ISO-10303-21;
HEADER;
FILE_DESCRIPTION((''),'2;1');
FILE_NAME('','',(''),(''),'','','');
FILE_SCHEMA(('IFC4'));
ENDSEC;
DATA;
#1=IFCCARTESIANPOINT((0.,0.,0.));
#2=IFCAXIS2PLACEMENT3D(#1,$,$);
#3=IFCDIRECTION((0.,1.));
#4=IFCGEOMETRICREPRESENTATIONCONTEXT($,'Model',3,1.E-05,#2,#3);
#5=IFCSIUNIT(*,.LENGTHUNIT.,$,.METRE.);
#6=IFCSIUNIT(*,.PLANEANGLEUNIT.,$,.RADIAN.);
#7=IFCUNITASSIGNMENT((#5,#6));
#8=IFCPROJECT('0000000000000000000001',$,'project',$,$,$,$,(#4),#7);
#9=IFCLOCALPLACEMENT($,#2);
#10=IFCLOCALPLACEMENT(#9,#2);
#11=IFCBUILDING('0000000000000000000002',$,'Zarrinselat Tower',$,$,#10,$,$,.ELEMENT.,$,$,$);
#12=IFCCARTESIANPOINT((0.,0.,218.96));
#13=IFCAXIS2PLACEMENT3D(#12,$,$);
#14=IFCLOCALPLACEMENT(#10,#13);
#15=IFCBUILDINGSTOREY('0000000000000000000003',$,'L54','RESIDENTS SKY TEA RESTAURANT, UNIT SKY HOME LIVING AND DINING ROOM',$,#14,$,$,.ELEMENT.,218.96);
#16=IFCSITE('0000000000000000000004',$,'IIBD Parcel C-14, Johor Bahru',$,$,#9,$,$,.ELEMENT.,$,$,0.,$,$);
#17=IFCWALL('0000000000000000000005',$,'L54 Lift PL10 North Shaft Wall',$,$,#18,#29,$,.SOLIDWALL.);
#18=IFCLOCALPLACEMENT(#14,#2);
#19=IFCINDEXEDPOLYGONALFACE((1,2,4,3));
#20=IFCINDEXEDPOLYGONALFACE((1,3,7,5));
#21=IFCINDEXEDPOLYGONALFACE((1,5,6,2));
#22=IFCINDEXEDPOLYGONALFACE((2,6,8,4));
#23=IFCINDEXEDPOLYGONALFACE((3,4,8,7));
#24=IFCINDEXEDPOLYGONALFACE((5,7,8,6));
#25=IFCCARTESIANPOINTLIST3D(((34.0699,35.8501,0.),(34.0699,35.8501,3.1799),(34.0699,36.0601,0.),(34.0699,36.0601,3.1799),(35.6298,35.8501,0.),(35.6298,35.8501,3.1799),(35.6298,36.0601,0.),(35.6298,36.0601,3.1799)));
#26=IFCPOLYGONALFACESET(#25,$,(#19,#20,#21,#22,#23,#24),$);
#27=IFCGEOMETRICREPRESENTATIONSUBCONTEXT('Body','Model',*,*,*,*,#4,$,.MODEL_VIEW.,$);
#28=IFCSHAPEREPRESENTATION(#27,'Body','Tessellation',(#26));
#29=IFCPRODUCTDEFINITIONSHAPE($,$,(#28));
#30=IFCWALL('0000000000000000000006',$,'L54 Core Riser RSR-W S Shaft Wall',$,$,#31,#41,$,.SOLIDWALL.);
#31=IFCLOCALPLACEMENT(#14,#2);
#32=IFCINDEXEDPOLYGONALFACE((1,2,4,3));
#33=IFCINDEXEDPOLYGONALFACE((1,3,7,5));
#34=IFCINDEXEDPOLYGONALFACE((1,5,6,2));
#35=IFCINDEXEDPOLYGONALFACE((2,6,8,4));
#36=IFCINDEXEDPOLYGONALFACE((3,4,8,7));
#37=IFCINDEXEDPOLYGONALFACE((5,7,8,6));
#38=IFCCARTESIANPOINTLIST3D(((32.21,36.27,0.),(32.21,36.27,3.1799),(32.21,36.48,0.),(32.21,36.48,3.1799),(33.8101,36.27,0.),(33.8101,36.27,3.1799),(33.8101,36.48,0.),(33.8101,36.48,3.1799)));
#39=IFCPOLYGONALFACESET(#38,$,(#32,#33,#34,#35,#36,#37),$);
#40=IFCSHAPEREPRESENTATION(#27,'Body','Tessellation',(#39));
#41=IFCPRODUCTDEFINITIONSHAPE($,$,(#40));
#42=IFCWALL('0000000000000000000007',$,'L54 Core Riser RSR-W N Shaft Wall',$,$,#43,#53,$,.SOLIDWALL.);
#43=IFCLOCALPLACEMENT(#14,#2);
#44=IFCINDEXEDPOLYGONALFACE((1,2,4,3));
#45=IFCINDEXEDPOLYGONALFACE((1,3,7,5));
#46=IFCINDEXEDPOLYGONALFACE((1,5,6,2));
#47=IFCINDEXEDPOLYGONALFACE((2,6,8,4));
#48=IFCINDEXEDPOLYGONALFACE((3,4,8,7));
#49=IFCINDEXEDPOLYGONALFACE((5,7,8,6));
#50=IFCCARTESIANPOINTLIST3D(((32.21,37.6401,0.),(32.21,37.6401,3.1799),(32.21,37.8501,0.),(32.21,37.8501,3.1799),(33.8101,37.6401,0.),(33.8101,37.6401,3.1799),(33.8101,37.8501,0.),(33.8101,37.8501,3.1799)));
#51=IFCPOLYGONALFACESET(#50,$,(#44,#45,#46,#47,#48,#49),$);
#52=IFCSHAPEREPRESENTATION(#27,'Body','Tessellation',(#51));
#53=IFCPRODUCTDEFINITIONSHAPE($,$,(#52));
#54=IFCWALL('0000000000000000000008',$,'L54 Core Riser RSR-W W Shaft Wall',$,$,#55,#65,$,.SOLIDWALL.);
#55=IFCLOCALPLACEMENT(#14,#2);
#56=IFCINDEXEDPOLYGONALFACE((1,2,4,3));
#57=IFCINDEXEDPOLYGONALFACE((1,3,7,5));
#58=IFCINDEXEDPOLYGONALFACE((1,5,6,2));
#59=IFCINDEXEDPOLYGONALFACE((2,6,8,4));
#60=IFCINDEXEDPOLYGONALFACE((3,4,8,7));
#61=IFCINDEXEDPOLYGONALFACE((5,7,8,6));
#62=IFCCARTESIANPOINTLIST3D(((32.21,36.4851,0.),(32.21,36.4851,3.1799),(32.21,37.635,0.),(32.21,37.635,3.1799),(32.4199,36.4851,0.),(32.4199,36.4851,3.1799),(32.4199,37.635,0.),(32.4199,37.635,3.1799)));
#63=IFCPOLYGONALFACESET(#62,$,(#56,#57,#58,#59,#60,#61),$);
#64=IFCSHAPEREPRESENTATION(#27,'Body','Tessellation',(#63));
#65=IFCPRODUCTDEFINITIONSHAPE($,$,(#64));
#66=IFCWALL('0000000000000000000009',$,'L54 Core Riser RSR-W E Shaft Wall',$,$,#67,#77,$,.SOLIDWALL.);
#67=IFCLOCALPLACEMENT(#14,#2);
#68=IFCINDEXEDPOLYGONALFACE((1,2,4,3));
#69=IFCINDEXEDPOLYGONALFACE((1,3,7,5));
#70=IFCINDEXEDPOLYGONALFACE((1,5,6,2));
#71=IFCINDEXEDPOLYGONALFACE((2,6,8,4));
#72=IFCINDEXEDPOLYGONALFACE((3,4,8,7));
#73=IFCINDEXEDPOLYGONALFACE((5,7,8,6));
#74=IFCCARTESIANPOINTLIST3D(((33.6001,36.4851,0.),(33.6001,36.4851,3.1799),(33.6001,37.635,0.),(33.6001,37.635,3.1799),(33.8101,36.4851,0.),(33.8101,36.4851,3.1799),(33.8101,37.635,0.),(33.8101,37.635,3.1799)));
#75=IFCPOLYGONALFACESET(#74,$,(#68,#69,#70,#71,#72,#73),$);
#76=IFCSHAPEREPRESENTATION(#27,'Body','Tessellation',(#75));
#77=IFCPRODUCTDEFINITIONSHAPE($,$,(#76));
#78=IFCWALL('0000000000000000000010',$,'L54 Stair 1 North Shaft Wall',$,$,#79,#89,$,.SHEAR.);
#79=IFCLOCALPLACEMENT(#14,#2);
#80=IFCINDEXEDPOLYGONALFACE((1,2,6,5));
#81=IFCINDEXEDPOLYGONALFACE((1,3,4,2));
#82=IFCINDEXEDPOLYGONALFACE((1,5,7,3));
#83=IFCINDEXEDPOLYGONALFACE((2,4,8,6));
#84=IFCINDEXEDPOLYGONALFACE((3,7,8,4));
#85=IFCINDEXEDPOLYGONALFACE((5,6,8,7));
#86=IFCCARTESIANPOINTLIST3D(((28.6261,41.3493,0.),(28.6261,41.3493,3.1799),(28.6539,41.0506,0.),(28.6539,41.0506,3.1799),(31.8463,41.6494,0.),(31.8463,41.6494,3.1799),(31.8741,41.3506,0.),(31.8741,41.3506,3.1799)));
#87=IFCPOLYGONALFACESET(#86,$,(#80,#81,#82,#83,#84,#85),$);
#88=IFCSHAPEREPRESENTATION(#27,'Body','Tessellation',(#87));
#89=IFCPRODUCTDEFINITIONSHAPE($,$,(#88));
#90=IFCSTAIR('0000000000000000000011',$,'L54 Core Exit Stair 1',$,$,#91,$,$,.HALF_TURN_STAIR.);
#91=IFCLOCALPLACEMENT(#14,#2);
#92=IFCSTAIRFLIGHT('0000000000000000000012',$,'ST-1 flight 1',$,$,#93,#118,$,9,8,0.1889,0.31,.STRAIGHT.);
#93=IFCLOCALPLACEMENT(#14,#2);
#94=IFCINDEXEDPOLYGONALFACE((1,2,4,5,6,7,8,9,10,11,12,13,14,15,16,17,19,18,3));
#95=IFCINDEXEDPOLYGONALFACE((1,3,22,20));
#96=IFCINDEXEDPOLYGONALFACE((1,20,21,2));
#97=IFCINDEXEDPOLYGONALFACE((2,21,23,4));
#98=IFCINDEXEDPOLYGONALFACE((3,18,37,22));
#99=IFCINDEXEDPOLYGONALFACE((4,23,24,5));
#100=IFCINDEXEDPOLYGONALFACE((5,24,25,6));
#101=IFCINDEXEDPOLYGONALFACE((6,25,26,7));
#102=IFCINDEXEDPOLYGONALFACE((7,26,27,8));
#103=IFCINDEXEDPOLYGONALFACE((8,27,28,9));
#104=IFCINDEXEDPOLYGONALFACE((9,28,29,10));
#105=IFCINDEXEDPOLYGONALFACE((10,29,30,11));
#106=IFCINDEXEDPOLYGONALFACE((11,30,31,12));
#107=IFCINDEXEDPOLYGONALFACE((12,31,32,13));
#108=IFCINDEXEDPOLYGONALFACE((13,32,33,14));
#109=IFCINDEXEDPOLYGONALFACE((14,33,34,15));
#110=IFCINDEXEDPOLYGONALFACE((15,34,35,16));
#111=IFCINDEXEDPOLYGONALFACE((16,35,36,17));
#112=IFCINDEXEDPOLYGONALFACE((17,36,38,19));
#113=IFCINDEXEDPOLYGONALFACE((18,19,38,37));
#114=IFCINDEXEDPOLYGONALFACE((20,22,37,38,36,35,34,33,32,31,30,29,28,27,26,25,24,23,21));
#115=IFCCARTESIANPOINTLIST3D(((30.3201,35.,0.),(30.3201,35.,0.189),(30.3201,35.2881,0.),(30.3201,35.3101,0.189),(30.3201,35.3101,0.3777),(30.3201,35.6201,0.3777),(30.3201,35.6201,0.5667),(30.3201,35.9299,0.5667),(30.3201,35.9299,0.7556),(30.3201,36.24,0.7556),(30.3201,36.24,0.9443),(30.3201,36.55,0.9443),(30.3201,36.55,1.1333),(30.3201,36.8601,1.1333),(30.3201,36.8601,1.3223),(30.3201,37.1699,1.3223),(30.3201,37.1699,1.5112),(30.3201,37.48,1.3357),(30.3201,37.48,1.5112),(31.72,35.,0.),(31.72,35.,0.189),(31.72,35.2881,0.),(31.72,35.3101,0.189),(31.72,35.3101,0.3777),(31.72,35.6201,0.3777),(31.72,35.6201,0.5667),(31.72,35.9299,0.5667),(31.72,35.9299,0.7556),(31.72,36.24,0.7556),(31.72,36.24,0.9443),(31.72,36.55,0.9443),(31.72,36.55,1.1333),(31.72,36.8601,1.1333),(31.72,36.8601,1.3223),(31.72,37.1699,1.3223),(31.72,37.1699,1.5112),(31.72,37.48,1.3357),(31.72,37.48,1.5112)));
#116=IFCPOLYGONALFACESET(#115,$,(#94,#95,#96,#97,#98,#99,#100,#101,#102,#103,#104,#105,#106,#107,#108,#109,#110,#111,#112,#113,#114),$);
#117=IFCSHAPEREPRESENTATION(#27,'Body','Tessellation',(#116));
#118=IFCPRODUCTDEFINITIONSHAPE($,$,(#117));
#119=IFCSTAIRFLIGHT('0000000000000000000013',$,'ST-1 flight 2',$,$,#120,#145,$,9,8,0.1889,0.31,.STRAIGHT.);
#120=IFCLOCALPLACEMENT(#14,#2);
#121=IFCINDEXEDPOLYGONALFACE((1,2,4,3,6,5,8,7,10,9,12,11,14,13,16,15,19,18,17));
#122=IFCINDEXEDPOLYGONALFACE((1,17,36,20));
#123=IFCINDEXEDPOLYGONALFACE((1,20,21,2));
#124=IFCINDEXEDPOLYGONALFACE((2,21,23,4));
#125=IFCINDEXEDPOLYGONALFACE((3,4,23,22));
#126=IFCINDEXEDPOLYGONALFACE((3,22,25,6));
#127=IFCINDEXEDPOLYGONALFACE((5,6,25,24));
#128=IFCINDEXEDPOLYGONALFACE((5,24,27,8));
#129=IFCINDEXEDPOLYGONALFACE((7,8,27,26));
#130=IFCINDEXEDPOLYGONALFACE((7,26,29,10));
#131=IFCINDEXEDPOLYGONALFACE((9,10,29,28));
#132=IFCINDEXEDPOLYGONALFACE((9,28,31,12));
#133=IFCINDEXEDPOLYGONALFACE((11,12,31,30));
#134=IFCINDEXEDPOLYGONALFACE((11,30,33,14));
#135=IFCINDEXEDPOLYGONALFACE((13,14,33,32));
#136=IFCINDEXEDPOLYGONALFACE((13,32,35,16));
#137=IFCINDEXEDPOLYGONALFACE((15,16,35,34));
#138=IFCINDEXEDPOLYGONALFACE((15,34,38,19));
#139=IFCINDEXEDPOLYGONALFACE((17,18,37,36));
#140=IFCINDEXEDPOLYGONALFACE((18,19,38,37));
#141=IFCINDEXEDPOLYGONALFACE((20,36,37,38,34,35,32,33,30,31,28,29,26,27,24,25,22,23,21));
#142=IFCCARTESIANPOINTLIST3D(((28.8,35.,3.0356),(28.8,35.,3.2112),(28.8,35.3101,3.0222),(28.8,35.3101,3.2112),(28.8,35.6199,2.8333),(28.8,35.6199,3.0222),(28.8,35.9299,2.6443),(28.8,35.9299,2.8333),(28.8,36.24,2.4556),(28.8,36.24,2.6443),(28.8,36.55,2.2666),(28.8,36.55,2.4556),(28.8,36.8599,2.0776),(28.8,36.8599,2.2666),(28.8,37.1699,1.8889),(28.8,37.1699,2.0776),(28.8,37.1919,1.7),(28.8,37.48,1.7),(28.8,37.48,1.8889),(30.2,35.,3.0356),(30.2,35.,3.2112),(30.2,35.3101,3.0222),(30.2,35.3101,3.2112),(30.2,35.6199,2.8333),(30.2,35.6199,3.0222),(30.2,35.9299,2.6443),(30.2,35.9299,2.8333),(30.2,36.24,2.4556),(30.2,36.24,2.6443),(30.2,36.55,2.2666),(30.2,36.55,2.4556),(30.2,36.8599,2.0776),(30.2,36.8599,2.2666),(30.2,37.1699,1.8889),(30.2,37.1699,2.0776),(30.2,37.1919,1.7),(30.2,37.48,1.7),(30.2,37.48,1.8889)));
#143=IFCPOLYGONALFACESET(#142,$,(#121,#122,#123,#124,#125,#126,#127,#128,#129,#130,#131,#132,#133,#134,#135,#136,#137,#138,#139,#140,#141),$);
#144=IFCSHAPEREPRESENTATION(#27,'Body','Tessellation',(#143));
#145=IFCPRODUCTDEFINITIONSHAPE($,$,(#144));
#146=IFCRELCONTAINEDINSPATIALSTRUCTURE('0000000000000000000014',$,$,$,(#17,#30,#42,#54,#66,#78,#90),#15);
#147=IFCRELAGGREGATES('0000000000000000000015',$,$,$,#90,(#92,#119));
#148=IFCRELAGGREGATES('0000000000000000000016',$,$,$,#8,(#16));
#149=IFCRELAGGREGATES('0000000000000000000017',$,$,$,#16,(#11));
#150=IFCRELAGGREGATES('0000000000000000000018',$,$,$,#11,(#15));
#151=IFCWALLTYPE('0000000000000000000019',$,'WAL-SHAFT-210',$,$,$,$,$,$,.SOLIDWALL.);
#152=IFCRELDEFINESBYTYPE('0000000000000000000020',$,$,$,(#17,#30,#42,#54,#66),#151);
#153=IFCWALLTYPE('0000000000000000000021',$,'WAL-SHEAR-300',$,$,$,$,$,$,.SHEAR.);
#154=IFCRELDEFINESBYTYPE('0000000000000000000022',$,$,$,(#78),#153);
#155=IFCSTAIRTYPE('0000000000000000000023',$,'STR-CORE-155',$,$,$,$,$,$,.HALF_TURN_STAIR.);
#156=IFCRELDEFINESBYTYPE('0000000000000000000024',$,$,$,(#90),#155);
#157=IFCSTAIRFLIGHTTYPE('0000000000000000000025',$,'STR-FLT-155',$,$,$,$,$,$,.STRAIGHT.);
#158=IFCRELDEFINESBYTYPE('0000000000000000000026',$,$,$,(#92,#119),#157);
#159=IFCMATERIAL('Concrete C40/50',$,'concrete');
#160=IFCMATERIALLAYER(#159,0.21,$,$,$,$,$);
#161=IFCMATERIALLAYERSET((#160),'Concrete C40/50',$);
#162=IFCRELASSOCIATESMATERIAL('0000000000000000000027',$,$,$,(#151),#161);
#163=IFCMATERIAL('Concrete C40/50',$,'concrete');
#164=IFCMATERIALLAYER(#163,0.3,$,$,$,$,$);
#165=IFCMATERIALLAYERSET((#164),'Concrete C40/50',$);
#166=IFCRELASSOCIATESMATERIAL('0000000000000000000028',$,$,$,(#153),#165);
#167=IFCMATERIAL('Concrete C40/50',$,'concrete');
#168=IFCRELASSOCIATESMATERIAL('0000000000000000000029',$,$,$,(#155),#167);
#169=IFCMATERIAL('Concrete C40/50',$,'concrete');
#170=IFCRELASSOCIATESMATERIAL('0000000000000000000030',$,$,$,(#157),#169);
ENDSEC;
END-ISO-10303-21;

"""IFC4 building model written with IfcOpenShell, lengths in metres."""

from ifc_helpers import new_model, si_unit, direction, frame, frame_2d, origin, place, context, subcontext, project, spatial, polyline, rectangle, outline, extrude, material, layer, layer_set, type_object, element, aggregate, save


model = new_model("IFC4")

# Units and contexts
model_context = context("Model", 3, precision=1e-05, world=origin(), true_north=direction((0.0, 1.0)))
body_context = subcontext(model_context, "Body", "Model", "MODEL_VIEW")
ifc_project = project(units=[si_unit("LENGTHUNIT", "METRE"), si_unit("PLANEANGLEUNIT", "RADIAN")], contexts=[model_context])

# Site, building, storey
site_placement = place(None, origin())
site = spatial("IfcSite", under=ifc_project, at=site_placement, Name="IIBD Parcel C-14, Johor Bahru", CompositionType="ELEMENT", RefElevation=0.0)
building_placement = place(site_placement, origin())
building = spatial("IfcBuilding", under=site, at=building_placement, Name="Zarrinselat Tower", CompositionType="ELEMENT")
storey_placement = place(building_placement, frame((0.0, 0.0, 218.96)))
storey = spatial("IfcBuildingStorey", under=building, at=storey_placement, Name="L54", Description="RESIDENTS SKY TEA RESTAURANT, UNIT SKY HOME LIVING AND DINING ROOM", CompositionType="ELEMENT", Elevation=218.96)

# Walls
ifc_material_1 = material(Name="Concrete C40/50", Category="concrete")
ifc_layer_1 = layer(ifc_material_1, 0.21)
ifc_layer_set_1 = layer_set([ifc_layer_1], Name="Concrete C40/50")
wall_type_1 = type_object("IfcWallType", Name="WAL-SHAFT-210", PredefinedType="SOLIDWALL", material=ifc_layer_set_1)
wall_1_placement = place(storey_placement, frame((34.0701, 35.9551, 0.0), z_axis=(0.0, 0.0, 1.0), x_axis=(1.0, 0.0, 0.0)))
element("IfcWall", 1, at=wall_1_placement, inside=storey, type_object=wall_type_1, Name="L54 Lift PL10 North Shaft Wall", PredefinedType="SOLIDWALL", context=body_context, shape_type="SweptSolid", body=[
    extrude(rectangle(XDim=1.5598, YDim=0.21, at=frame_2d((0.7798, 0.0))), origin(), (0.0, 0.0, 1.0), 3.1799),
])
for number, where, z_axis, x_axis, name in (
    (2, (32.21, 36.375, 0.0), (0.0, 0.0, 1.0), (1.0, 0.0, 0.0), "L54 Core Riser RSR-W S Shaft Wall"),
    (3, (32.21, 37.7451, 0.0), (0.0, 0.0, 1.0), (1.0, 0.0, 0.0), "L54 Core Riser RSR-W N Shaft Wall"),
):
    element("IfcWall", number, at=place(storey_placement, frame(where, z_axis=z_axis, x_axis=x_axis)), inside=storey, type_object=wall_type_1, Name=name, PredefinedType="SOLIDWALL", context=body_context, shape_type="SweptSolid", body=[
        extrude(rectangle(XDim=1.6001, YDim=0.21, at=frame_2d((0.8, 0.0))), origin(), (0.0, 0.0, 1.0), 3.1799),
    ])
for number, where, z_axis, x_axis, name in (
    (4, (32.3149, 36.4851, 0.0), (0.0, 0.0, 1.0), (0.0, 1.0, 0.0), "L54 Core Riser RSR-W W Shaft Wall"),
    (5, (33.7051, 36.4851, 0.0), (0.0, 0.0, 1.0), (0.0, 1.0, 0.0), "L54 Core Riser RSR-W E Shaft Wall"),
):
    element("IfcWall", number, at=place(storey_placement, frame(where, z_axis=z_axis, x_axis=x_axis)), inside=storey, type_object=wall_type_1, Name=name, PredefinedType="SOLIDWALL", context=body_context, shape_type="SweptSolid", body=[
        extrude(rectangle(XDim=1.1499, YDim=0.21, at=frame_2d((0.575, 0.0))), origin(), (0.0, 0.0, 1.0), 3.1799),
    ])
ifc_material_2 = material(Name="Concrete C40/50", Category="concrete")
ifc_layer_2 = layer(ifc_material_2, 0.3)
ifc_layer_set_2 = layer_set([ifc_layer_2], Name="Concrete C40/50")
wall_type_2 = type_object("IfcWallType", Name="WAL-SHEAR-300", PredefinedType="SHEAR", material=ifc_layer_set_2)
wall_2_placement = place(storey_placement, frame((28.6399, 41.2, 0.0), z_axis=(0.0, 0.0, 1.0), x_axis=(0.995687, 0.092775, 0.0)))
element("IfcWall", 6, at=wall_2_placement, inside=storey, type_object=wall_type_2, Name="L54 Stair 1 North Shaft Wall", PredefinedType="SHEAR", context=body_context, shape_type="SweptSolid", body=[
    extrude(rectangle(XDim=3.2341, YDim=0.3, at=frame_2d((1.6172, 0.0))), origin(), (0.0, 0.0, 1.0), 3.1799),
])

# Stair, stair flights
ifc_material_3 = material(Name="Concrete C40/50", Category="concrete")
stair_type = type_object("IfcStairType", Name="STR-CORE-155", PredefinedType="HALF_TURN_STAIR", material=ifc_material_3)
stair_placement = place(storey_placement, origin())
stair = element("IfcStair", 7, at=stair_placement, inside=storey, type_object=stair_type, Name="L54 Core Exit Stair 1", PredefinedType="HALF_TURN_STAIR")
ifc_material_4 = material(Name="Concrete C40/50", Category="concrete")
stair_flight_type = type_object("IfcStairFlightType", Name="STR-FLT-155", PredefinedType="STRAIGHT", material=ifc_material_4)
stair_flight_1_placement = place(storey_placement, frame((31.02, 35.0, 0.0), z_axis=(0.0, 0.0, 1.0), x_axis=(0.0, 1.0, 0.0)))
stair_flight_1 = element("IfcStairFlight", 8, at=stair_flight_1_placement, type_object=stair_flight_type, Name="ST-1 flight 1", NumberOfRisers=9, NumberOfTreads=8, PredefinedType="STRAIGHT", RiserHeight=0.1889, TreadLength=0.31, context=body_context, shape_type="SweptSolid", body=[
    extrude(outline(polyline([(0.0, 0.0), (0.0, 0.189), (0.3101, 0.189), (0.3101, 0.3777), (0.6201, 0.3777), (0.6201, 0.5667), (0.9299, 0.5667), (0.9299, 0.7556), (1.24, 0.7556), (1.24, 0.9443), (1.55, 0.9443), (1.55, 1.1333), (1.8601, 1.1333), (1.8601, 1.3223), (2.1699, 1.3223), (2.1699, 1.5112), (2.48, 1.5112), (2.48, 1.7), (2.48, 1.3357), (0.2881, 0.0), (0.0, 0.0)])), frame((0.0, 0.7, 0.0), z_axis=(0.0, -1.0, 0.0), x_axis=(1.0, 0.0, 0.0)), (0.0, 0.0, 1.0), 1.3999),
])
stair_flight_2_placement = place(storey_placement, frame((29.5, 37.48, 1.7), z_axis=(0.0, 0.0, 1.0), x_axis=(0.0, -1.0, 0.0)))
stair_flight_2 = element("IfcStairFlight", 9, at=stair_flight_2_placement, type_object=stair_flight_type, Name="ST-1 flight 2", NumberOfRisers=9, NumberOfTreads=8, PredefinedType="STRAIGHT", RiserHeight=0.1889, TreadLength=0.31, context=body_context, shape_type="SweptSolid", body=[
    extrude(outline(polyline([(0.0, 0.0), (0.0, 0.189), (0.3101, 0.189), (0.3101, 0.3777), (0.6201, 0.3777), (0.6201, 0.5667), (0.9299, 0.5667), (0.9299, 0.7556), (1.24, 0.7556), (1.24, 0.9443), (1.55, 0.9443), (1.55, 1.1333), (1.8601, 1.1333), (1.8601, 1.3223), (2.1699, 1.3223), (2.1699, 1.5112), (2.48, 1.5112), (2.48, 1.7), (2.48, 1.3357), (0.2881, 0.0), (0.0, 0.0)])), frame((0.0, 0.7, 0.0), z_axis=(0.0, -1.0, 0.0), x_axis=(1.0, 0.0, 0.0)), (0.0, 0.0, 1.0), 1.3999),
])
aggregate(stair, [stair_flight_1, stair_flight_2])

save(model, "model.ifc")
